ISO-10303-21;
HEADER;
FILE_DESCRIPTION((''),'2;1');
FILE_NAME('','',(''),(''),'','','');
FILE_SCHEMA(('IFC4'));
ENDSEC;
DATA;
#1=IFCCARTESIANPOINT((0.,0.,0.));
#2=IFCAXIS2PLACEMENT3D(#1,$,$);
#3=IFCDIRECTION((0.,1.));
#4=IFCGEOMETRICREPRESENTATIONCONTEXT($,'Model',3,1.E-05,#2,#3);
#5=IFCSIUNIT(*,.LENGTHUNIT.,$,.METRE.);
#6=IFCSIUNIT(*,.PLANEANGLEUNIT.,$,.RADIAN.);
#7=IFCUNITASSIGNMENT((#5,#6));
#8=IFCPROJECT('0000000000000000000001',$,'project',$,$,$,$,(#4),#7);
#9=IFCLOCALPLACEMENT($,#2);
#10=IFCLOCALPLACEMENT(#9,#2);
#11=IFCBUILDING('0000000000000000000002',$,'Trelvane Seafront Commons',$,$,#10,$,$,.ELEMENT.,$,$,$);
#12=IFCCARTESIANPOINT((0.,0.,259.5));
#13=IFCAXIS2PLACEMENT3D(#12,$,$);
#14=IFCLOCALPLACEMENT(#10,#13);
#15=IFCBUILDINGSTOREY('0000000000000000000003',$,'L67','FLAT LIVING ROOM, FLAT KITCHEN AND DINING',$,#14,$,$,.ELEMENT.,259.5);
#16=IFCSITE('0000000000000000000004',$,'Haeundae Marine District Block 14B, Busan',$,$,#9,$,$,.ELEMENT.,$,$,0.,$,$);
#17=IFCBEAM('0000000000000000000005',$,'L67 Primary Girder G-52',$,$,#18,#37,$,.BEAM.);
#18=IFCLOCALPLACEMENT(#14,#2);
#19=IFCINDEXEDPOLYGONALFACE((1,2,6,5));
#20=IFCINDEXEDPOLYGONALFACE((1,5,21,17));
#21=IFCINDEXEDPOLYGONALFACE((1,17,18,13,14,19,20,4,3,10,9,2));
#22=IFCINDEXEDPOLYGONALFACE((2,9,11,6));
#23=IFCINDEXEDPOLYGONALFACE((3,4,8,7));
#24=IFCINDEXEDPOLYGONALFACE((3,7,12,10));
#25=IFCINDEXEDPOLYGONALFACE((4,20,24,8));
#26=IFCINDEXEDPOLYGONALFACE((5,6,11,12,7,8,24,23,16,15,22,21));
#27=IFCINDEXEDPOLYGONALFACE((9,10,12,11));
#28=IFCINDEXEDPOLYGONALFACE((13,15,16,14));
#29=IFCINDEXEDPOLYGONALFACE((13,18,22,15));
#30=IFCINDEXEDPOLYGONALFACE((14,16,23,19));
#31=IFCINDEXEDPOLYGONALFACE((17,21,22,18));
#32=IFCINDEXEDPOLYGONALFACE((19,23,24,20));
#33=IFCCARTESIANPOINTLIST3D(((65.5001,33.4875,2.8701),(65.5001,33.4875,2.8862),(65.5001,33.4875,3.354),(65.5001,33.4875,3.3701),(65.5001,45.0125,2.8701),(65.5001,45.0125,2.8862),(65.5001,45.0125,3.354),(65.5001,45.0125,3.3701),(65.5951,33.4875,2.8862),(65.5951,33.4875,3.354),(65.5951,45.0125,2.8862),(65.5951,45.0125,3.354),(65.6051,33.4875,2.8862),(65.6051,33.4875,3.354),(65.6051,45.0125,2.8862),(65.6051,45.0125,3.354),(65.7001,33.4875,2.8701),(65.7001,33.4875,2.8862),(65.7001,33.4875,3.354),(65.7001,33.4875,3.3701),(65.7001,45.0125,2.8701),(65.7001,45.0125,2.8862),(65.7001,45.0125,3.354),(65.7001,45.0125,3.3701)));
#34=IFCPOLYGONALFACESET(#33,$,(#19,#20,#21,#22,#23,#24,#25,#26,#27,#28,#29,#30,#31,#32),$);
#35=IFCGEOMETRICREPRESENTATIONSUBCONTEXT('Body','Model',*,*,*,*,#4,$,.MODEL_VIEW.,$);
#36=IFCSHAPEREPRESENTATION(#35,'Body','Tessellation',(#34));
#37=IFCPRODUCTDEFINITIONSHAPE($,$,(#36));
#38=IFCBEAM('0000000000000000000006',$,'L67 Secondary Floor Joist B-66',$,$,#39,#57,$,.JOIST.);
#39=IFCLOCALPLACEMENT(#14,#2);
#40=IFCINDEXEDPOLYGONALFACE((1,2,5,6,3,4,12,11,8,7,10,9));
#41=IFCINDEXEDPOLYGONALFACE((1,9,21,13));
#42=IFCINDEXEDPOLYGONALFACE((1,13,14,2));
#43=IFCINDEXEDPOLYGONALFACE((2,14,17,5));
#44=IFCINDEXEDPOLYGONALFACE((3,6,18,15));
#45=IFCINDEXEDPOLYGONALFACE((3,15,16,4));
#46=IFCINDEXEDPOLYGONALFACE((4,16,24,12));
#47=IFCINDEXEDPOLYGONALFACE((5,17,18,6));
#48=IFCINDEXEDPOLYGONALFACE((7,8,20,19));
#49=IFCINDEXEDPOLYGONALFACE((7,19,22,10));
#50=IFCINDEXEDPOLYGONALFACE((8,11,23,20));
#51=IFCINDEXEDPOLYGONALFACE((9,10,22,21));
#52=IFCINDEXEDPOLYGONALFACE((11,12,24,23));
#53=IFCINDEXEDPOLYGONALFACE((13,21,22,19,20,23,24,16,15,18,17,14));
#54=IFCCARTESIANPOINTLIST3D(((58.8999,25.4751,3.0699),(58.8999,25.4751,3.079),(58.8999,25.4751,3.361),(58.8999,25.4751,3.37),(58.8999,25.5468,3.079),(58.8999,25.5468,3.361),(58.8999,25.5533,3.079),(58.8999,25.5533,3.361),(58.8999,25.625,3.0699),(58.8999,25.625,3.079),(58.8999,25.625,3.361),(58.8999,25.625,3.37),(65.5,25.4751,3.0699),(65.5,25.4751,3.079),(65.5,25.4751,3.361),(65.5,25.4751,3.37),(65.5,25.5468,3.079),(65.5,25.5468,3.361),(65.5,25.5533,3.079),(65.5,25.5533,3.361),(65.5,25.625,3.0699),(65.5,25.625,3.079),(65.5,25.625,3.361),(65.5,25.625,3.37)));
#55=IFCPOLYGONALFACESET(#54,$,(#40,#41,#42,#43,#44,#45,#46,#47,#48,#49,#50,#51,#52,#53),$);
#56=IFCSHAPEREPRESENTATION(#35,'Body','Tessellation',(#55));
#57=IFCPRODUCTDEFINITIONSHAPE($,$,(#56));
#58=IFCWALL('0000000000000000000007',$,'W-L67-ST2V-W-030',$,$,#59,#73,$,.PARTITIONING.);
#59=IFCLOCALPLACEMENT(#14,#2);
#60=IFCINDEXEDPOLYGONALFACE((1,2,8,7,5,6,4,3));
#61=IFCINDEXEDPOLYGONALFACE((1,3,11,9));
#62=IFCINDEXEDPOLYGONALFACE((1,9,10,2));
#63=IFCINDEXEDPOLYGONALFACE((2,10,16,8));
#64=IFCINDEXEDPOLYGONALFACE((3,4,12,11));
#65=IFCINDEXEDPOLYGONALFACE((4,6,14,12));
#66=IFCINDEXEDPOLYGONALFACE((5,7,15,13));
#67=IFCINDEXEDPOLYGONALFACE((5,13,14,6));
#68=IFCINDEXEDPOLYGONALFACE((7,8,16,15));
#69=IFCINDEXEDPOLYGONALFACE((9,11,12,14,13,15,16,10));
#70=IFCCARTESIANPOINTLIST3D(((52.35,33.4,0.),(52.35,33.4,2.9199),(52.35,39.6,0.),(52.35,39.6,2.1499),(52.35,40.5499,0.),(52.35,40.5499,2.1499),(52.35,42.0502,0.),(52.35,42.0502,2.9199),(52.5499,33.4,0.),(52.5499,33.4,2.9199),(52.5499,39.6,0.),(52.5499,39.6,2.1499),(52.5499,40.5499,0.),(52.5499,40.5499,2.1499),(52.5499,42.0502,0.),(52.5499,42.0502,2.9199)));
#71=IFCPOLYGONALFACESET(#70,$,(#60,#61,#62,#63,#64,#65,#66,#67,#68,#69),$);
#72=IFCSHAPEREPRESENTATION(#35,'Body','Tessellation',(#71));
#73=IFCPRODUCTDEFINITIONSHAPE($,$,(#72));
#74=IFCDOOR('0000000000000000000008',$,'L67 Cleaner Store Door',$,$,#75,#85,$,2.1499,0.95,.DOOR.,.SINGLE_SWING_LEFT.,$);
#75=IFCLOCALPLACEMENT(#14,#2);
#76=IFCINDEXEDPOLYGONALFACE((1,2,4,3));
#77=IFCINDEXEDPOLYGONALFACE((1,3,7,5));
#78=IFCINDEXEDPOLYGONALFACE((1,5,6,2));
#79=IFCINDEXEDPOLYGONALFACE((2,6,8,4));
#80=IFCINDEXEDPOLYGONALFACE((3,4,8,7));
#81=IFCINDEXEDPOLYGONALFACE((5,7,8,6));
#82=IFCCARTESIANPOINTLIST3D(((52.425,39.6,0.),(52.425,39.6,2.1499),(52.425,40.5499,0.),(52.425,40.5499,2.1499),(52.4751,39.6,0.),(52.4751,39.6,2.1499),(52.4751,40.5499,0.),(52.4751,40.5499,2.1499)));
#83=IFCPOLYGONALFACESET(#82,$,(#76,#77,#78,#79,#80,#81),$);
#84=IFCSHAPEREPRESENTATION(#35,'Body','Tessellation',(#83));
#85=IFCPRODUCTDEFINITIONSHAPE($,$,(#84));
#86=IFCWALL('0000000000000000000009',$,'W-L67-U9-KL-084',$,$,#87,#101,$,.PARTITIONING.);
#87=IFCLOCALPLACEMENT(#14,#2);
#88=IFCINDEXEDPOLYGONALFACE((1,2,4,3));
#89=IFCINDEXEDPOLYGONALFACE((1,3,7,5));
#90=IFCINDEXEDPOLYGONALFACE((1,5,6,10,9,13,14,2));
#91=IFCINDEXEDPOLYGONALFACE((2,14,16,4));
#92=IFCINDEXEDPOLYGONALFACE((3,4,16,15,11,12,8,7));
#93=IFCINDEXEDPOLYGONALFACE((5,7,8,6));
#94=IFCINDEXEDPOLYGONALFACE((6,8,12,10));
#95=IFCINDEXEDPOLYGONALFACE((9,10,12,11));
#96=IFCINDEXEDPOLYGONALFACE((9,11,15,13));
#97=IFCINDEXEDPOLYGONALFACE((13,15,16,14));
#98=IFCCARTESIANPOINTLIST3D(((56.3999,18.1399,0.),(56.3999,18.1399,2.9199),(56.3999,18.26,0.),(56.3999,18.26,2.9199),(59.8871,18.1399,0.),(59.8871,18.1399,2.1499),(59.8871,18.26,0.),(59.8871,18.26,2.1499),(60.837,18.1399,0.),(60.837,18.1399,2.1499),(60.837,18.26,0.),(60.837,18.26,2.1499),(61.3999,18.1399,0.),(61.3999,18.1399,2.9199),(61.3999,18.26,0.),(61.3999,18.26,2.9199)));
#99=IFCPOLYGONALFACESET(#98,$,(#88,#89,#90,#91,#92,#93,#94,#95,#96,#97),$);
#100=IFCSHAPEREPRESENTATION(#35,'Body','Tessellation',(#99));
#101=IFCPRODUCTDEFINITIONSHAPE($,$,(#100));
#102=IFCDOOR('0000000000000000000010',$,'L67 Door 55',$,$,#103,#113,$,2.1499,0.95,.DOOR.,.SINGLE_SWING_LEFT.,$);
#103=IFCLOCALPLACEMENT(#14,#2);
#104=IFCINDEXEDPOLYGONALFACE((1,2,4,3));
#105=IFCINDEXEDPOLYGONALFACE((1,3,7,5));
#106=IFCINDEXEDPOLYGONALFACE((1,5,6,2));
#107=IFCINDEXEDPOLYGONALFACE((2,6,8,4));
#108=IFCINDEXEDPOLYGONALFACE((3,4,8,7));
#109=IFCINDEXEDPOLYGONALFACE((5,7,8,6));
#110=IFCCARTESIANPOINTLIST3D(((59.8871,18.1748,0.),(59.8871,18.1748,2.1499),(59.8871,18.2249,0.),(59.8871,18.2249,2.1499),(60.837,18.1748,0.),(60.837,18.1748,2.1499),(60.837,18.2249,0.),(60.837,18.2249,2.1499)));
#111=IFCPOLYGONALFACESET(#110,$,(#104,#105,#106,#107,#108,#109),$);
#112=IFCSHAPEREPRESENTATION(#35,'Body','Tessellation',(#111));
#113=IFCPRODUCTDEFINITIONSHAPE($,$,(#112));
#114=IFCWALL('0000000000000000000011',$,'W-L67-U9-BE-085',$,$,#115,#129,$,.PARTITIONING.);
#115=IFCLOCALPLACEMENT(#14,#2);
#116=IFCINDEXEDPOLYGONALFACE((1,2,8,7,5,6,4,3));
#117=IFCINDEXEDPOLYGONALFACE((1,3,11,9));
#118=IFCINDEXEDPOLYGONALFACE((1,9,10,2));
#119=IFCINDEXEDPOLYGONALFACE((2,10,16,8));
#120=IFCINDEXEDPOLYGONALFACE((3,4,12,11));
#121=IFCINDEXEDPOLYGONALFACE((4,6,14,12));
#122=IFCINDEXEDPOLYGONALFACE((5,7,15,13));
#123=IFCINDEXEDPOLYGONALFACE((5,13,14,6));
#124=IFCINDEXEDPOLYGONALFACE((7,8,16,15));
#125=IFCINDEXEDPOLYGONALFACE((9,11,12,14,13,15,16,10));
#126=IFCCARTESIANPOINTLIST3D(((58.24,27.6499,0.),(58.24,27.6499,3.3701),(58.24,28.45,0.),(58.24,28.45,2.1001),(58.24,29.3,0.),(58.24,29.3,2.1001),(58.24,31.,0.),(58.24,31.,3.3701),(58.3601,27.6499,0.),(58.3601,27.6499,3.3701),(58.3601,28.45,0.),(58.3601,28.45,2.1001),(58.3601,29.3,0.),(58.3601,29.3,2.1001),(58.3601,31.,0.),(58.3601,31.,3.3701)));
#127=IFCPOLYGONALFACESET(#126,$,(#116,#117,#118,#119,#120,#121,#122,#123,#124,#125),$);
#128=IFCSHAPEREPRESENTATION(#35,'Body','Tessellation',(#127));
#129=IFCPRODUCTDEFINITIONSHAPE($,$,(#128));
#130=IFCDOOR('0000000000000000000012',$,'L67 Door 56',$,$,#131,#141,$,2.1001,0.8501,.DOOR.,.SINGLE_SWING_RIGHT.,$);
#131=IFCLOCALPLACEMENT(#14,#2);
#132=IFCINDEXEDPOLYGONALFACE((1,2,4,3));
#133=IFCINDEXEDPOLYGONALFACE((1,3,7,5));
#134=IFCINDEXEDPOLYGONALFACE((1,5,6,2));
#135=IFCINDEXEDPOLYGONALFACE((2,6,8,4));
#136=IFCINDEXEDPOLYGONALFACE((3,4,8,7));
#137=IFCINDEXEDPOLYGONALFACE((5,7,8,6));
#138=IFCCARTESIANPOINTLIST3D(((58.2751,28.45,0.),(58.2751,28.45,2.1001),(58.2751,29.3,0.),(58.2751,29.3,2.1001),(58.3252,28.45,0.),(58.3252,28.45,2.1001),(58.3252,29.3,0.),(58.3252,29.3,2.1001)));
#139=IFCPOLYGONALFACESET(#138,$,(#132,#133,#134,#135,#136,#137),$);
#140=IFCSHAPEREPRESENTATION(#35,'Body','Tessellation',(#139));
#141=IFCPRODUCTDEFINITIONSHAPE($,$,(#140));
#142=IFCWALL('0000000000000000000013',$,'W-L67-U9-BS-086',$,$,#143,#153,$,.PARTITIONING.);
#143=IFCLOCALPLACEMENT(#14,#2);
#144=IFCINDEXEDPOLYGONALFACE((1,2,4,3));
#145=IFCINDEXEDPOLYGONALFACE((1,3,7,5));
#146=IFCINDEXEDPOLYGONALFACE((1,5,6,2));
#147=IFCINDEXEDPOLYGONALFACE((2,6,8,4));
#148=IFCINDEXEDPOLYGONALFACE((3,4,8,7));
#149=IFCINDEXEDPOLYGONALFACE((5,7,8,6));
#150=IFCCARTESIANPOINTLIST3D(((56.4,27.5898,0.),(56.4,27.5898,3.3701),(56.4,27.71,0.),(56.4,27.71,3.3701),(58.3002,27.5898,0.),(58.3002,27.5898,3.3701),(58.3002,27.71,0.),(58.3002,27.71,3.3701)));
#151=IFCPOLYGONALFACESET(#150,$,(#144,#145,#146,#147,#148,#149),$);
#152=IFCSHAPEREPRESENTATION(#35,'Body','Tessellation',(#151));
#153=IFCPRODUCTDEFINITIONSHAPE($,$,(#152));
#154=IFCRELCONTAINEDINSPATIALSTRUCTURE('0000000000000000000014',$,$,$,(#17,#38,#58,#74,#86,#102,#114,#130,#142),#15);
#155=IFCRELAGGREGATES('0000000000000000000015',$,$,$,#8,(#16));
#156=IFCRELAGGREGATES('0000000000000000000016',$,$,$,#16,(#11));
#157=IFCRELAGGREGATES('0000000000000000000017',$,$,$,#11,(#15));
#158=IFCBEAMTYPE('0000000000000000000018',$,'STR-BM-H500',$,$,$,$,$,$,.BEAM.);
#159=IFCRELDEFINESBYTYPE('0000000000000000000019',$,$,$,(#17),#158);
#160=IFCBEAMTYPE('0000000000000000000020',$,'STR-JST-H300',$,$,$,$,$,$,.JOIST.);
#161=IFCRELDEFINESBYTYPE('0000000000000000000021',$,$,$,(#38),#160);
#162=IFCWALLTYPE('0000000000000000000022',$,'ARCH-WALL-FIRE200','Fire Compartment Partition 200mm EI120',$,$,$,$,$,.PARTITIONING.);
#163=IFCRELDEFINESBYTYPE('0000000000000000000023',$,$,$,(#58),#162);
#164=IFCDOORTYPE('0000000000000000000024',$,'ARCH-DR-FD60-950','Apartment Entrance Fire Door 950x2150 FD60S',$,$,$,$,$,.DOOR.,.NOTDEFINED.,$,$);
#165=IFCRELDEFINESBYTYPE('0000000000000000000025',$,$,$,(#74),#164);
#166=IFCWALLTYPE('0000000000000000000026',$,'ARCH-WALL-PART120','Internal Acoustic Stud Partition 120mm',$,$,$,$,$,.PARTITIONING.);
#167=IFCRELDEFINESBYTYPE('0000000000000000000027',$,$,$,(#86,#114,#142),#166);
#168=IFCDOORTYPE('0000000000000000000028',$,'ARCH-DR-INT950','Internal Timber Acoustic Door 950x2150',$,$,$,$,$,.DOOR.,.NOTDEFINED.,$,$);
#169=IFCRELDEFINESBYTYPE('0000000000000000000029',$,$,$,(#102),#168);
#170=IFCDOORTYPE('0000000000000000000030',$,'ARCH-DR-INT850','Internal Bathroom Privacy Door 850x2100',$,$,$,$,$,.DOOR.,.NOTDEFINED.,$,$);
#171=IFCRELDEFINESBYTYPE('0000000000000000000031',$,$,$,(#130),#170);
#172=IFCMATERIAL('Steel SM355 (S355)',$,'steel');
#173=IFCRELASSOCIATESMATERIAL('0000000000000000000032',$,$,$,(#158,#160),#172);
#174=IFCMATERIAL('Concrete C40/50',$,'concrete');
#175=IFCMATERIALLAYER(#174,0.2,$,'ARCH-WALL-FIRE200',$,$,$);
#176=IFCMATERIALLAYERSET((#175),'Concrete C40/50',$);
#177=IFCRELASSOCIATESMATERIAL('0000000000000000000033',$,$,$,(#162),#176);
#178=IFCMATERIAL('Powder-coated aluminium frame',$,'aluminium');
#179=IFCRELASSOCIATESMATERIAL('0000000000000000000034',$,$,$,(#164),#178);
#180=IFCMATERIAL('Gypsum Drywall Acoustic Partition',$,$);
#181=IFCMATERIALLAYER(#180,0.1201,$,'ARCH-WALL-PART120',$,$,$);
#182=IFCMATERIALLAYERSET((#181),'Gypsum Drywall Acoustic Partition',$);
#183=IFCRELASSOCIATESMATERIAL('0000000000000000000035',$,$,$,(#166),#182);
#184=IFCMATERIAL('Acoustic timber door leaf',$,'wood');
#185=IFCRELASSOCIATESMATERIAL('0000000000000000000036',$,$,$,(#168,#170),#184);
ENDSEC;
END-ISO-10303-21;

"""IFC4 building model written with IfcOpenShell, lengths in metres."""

from ifc_helpers import new_model, si_unit, direction, frame, frame_2d, origin, origin_2d, place, context, subcontext, project, spatial, rectangle, i_section, extrude, source, transform, mapped, material, layer, layer_set, material_profile, profile_set, type_object, element, fill, save


model = new_model("IFC4")

# Units and contexts
model_context = context("Model", 3, precision=1e-05, world=origin(), true_north=direction((0.0, 1.0)))
body_context = subcontext(model_context, "Body", "Model", "MODEL_VIEW")
ifc_project = project(units=[si_unit("LENGTHUNIT", "METRE"), si_unit("PLANEANGLEUNIT", "RADIAN")], contexts=[model_context])

# Site, building, storey
site_placement = place(None, origin())
site = spatial("IfcSite", under=ifc_project, at=site_placement, Name="Haeundae Marine District Block 14B, Busan", CompositionType="ELEMENT", RefElevation=0.0)
building_placement = place(site_placement, origin())
building = spatial("IfcBuilding", under=site, at=building_placement, Name="Trelvane Seafront Commons", CompositionType="ELEMENT")
storey_placement = place(building_placement, frame((0.0, 0.0, 259.5)))
storey = spatial("IfcBuildingStorey", under=building, at=storey_placement, Name="L67", Description="FLAT LIVING ROOM, FLAT KITCHEN AND DINING", CompositionType="ELEMENT", Elevation=259.5)

# Shared definitions
ifc_material_1 = material(Name="Steel SM355 (S355)", Category="steel")

# Beams
ifc_material_profile_1 = material_profile(ifc_material_1, i_section(OverallWidth=0.2, OverallDepth=0.5, WebThickness=0.01, FlangeThickness=0.0161, at=origin_2d()), Name="H-500x200x10x16")
ifc_profile_set_1 = profile_set([ifc_material_profile_1], Name="Steel SM355 (S355)")
beam_type_1 = type_object("IfcBeamType", Name="STR-BM-H500", PredefinedType="BEAM", material=ifc_profile_set_1)
shared_shape_1 = source(origin(), body_context, "Body", "SweptSolid", [
    extrude(i_section(OverallWidth=0.2, OverallDepth=0.5, WebThickness=0.01, FlangeThickness=0.0161, at=origin_2d()), origin(), (0.0, 0.0, 1.0), 11.5249),
])
beam_1_placement = place(storey_placement, frame((65.6001, 33.4875, 3.1201), z_axis=(0.0, 1.0, 0.0), x_axis=(-1.0, 0.0, 0.0)))
element("IfcBeam", 1, at=beam_1_placement, inside=storey, type_object=beam_type_1, Name="L67 Primary Girder G-52", PredefinedType="BEAM", context=body_context, shape_type="MappedRepresentation", body=[
    mapped(shared_shape_1, transform((0.0, 0.0, 0.0), x_axis=(1.0, 0.0, 0.0), y_axis=(0.0, 1.0, 0.0), z_axis=(0.0, 0.0, 1.0), scale=1.0)),
])
ifc_material_profile_2 = material_profile(ifc_material_1, i_section(OverallWidth=0.1499, OverallDepth=0.3, WebThickness=0.0066, FlangeThickness=0.009, at=origin_2d()), Name="H-300x150x6.5x9")
ifc_profile_set_2 = profile_set([ifc_material_profile_2], Name="Steel SM355 (S355)")
beam_type_2 = type_object("IfcBeamType", Name="STR-JST-H300", PredefinedType="JOIST", material=ifc_profile_set_2)
shared_shape_2 = source(origin(), body_context, "Body", "SweptSolid", [
    extrude(i_section(OverallWidth=0.1499, OverallDepth=0.3, WebThickness=0.0066, FlangeThickness=0.009, at=origin_2d()), origin(), (0.0, 0.0, 1.0), 6.6001),
])
beam_2_placement = place(storey_placement, frame((58.8999, 25.55, 3.22), z_axis=(1.0, 0.0, 0.0), x_axis=(0.0, 1.0, 0.0)))
element("IfcBeam", 2, at=beam_2_placement, inside=storey, type_object=beam_type_2, Name="L67 Secondary Floor Joist B-66", PredefinedType="JOIST", context=body_context, shape_type="MappedRepresentation", body=[
    mapped(shared_shape_2, transform((0.0, 0.0, 0.0), x_axis=(1.0, 0.0, 0.0), y_axis=(0.0, 1.0, 0.0), z_axis=(0.0, 0.0, 1.0), scale=1.0)),
])

# Walls, openings, doors
ifc_material_2 = material(Name="Concrete C40/50", Category="concrete")
ifc_layer_1 = layer(ifc_material_2, 0.2, Name="ARCH-WALL-FIRE200")
ifc_layer_set_1 = layer_set([ifc_layer_1], Name="Concrete C40/50")
wall_type_1 = type_object("IfcWallType", Name="ARCH-WALL-FIRE200", Description="Fire Compartment Partition 200mm EI120", PredefinedType="PARTITIONING", material=ifc_layer_set_1)
wall_1_placement = place(storey_placement, frame((52.45, 33.3999, 0.0), z_axis=(0.0, 0.0, 1.0), x_axis=(0.0, 1.0, 0.0)))
wall_1 = element("IfcWall", 3, at=wall_1_placement, inside=storey, type_object=wall_type_1, Name="W-L67-ST2V-W-030", PredefinedType="PARTITIONING", context=body_context, shape_type="SweptSolid", body=[
    extrude(rectangle(XDim=8.6501, YDim=0.2, at=frame_2d((4.3252, 0.0))), origin(), (0.0, 0.0, 1.0), 2.9199),
])
opening_1_placement = place(wall_1_placement, frame((6.2, 0.0, 0.0)))
opening_1 = element("IfcOpeningElement", 4, at=opening_1_placement, cuts=wall_1, PredefinedType="OPENING", context=body_context, shape_type="SweptSolid", body=[
    extrude(rectangle(XDim=0.95, YDim=2.1499, at=frame_2d((0.4751, 1.075))), frame((0.0, 0.1099, 0.0), z_axis=(0.0, -1.0, 0.0), x_axis=(1.0, 0.0, 0.0)), (0.0, 0.0, 1.0), 0.22),
])
ifc_material_3 = material(Name="Powder-coated aluminium frame", Category="aluminium")
door_type_1 = type_object("IfcDoorType", Name="ARCH-DR-FD60-950", Description="Apartment Entrance Fire Door 950x2150 FD60S", OperationType="NOTDEFINED", PredefinedType="DOOR", material=ifc_material_3)
shared_shape_3 = source(origin(), body_context, "Body", "SweptSolid", [
    extrude(rectangle(XDim=0.95, YDim=2.1499, at=frame_2d((0.4751, 1.075))), frame((0.0, 0.0249, 0.0), z_axis=(0.0, -1.0, 0.0), x_axis=(1.0, 0.0, 0.0)), (0.0, 0.0, 1.0), 0.05),
])
door_1_placement = place(opening_1_placement, origin())
door_1 = element("IfcDoor", 5, at=door_1_placement, inside=storey, type_object=door_type_1, Name="L67 Cleaner Store Door", OperationType="SINGLE_SWING_LEFT", OverallHeight=2.1499, OverallWidth=0.95, PredefinedType="DOOR", context=body_context, shape_type="MappedRepresentation", body=[
    mapped(shared_shape_3, transform((0.0, 0.0, 0.0), x_axis=(1.0, 0.0, 0.0), y_axis=(0.0, 1.0, 0.0), z_axis=(0.0, 0.0, 1.0), scale=1.0)),
])
fill(opening_1, door_1)
ifc_material_4 = material(Name="Gypsum Drywall Acoustic Partition")
ifc_layer_2 = layer(ifc_material_4, 0.1201, Name="ARCH-WALL-PART120")
ifc_layer_set_2 = layer_set([ifc_layer_2], Name="Gypsum Drywall Acoustic Partition")
wall_type_2 = type_object("IfcWallType", Name="ARCH-WALL-PART120", Description="Internal Acoustic Stud Partition 120mm", PredefinedType="PARTITIONING", material=ifc_layer_set_2)
wall_2_placement = place(storey_placement, frame((56.3999, 18.2, 0.0), z_axis=(0.0, 0.0, 1.0), x_axis=(1.0, 0.0, 0.0)))
wall_2 = element("IfcWall", 6, at=wall_2_placement, inside=storey, type_object=wall_type_2, Name="W-L67-U9-KL-084", PredefinedType="PARTITIONING", context=body_context, shape_type="SweptSolid", body=[
    extrude(rectangle(XDim=5.0, YDim=0.1201, at=frame_2d((2.5, 0.0))), origin(), (0.0, 0.0, 1.0), 2.9199),
])
opening_2_placement = place(wall_2_placement, frame((3.4871, 0.0, 0.0)))
opening_2 = element("IfcOpeningElement", 7, at=opening_2_placement, cuts=wall_2, PredefinedType="OPENING", context=body_context, shape_type="SweptSolid", body=[
    extrude(rectangle(XDim=0.95, YDim=2.1499, at=frame_2d((0.4751, 1.075))), frame((0.0, 0.0701, 0.0), z_axis=(0.0, -1.0, 0.0), x_axis=(1.0, 0.0, 0.0)), (0.0, 0.0, 1.0), 0.1401),
])
ifc_material_5 = material(Name="Acoustic timber door leaf", Category="wood")
door_type_2 = type_object("IfcDoorType", Name="ARCH-DR-INT950", Description="Internal Timber Acoustic Door 950x2150", OperationType="NOTDEFINED", PredefinedType="DOOR", material=ifc_material_5)
door_2_placement = place(opening_2_placement, origin())
door_2 = element("IfcDoor", 8, at=door_2_placement, inside=storey, type_object=door_type_2, Name="L67 Door 55", OperationType="SINGLE_SWING_LEFT", OverallHeight=2.1499, OverallWidth=0.95, PredefinedType="DOOR", context=body_context, shape_type="MappedRepresentation", body=[
    mapped(shared_shape_3, transform((0.0, 0.0, 0.0), x_axis=(1.0, 0.0, 0.0), y_axis=(0.0, 1.0, 0.0), z_axis=(0.0, 0.0, 1.0), scale=1.0)),
])
fill(opening_2, door_2)
wall_3_placement = place(storey_placement, frame((58.3, 27.6499, 0.0), z_axis=(0.0, 0.0, 1.0), x_axis=(0.0, 1.0, 0.0)))
wall_3 = element("IfcWall", 9, at=wall_3_placement, inside=storey, type_object=wall_type_2, Name="W-L67-U9-BE-085", PredefinedType="PARTITIONING", context=body_context, shape_type="SweptSolid", body=[
    extrude(rectangle(XDim=3.3501, YDim=0.1201, at=frame_2d((1.675, 0.0))), origin(), (0.0, 0.0, 1.0), 3.3701),
])
opening_3_placement = place(wall_3_placement, frame((0.8, 0.0, 0.0)))
opening_3 = element("IfcOpeningElement", 10, at=opening_3_placement, cuts=wall_3, PredefinedType="OPENING", context=body_context, shape_type="SweptSolid", body=[
    extrude(rectangle(XDim=0.8501, YDim=2.1001, at=frame_2d((0.425, 1.05))), frame((0.0, 0.0701, 0.0), z_axis=(0.0, -1.0, 0.0), x_axis=(1.0, 0.0, 0.0)), (0.0, 0.0, 1.0), 0.1401),
])
door_type_3 = type_object("IfcDoorType", Name="ARCH-DR-INT850", Description="Internal Bathroom Privacy Door 850x2100", OperationType="NOTDEFINED", PredefinedType="DOOR", material=ifc_material_5)
shared_shape_4 = source(origin(), body_context, "Body", "SweptSolid", [
    extrude(rectangle(XDim=0.8501, YDim=2.1001, at=frame_2d((0.425, 1.05))), frame((0.0, 0.0249, 0.0), z_axis=(0.0, -1.0, 0.0), x_axis=(1.0, 0.0, 0.0)), (0.0, 0.0, 1.0), 0.05),
])
door_3_placement = place(opening_3_placement, origin())
door_3 = element("IfcDoor", 11, at=door_3_placement, inside=storey, type_object=door_type_3, Name="L67 Door 56", OperationType="SINGLE_SWING_RIGHT", OverallHeight=2.1001, OverallWidth=0.8501, PredefinedType="DOOR", context=body_context, shape_type="MappedRepresentation", body=[
    mapped(shared_shape_4, transform((0.0, 0.0, 0.0), x_axis=(1.0, 0.0, 0.0), y_axis=(0.0, 1.0, 0.0), z_axis=(0.0, 0.0, 1.0), scale=1.0)),
])
fill(opening_3, door_3)

# Wall
wall_4_placement = place(storey_placement, frame((56.3999, 27.6499, 0.0), z_axis=(0.0, 0.0, 1.0), x_axis=(1.0, 0.0, 0.0)))
element("IfcWall", 12, at=wall_4_placement, inside=storey, type_object=wall_type_2, Name="W-L67-U9-BS-086", PredefinedType="PARTITIONING", context=body_context, shape_type="SweptSolid", body=[
    extrude(rectangle(XDim=1.9001, YDim=0.1201, at=frame_2d((0.9502, 0.0))), origin(), (0.0, 0.0, 1.0), 3.3701),
])

save(model, "model.ifc")
